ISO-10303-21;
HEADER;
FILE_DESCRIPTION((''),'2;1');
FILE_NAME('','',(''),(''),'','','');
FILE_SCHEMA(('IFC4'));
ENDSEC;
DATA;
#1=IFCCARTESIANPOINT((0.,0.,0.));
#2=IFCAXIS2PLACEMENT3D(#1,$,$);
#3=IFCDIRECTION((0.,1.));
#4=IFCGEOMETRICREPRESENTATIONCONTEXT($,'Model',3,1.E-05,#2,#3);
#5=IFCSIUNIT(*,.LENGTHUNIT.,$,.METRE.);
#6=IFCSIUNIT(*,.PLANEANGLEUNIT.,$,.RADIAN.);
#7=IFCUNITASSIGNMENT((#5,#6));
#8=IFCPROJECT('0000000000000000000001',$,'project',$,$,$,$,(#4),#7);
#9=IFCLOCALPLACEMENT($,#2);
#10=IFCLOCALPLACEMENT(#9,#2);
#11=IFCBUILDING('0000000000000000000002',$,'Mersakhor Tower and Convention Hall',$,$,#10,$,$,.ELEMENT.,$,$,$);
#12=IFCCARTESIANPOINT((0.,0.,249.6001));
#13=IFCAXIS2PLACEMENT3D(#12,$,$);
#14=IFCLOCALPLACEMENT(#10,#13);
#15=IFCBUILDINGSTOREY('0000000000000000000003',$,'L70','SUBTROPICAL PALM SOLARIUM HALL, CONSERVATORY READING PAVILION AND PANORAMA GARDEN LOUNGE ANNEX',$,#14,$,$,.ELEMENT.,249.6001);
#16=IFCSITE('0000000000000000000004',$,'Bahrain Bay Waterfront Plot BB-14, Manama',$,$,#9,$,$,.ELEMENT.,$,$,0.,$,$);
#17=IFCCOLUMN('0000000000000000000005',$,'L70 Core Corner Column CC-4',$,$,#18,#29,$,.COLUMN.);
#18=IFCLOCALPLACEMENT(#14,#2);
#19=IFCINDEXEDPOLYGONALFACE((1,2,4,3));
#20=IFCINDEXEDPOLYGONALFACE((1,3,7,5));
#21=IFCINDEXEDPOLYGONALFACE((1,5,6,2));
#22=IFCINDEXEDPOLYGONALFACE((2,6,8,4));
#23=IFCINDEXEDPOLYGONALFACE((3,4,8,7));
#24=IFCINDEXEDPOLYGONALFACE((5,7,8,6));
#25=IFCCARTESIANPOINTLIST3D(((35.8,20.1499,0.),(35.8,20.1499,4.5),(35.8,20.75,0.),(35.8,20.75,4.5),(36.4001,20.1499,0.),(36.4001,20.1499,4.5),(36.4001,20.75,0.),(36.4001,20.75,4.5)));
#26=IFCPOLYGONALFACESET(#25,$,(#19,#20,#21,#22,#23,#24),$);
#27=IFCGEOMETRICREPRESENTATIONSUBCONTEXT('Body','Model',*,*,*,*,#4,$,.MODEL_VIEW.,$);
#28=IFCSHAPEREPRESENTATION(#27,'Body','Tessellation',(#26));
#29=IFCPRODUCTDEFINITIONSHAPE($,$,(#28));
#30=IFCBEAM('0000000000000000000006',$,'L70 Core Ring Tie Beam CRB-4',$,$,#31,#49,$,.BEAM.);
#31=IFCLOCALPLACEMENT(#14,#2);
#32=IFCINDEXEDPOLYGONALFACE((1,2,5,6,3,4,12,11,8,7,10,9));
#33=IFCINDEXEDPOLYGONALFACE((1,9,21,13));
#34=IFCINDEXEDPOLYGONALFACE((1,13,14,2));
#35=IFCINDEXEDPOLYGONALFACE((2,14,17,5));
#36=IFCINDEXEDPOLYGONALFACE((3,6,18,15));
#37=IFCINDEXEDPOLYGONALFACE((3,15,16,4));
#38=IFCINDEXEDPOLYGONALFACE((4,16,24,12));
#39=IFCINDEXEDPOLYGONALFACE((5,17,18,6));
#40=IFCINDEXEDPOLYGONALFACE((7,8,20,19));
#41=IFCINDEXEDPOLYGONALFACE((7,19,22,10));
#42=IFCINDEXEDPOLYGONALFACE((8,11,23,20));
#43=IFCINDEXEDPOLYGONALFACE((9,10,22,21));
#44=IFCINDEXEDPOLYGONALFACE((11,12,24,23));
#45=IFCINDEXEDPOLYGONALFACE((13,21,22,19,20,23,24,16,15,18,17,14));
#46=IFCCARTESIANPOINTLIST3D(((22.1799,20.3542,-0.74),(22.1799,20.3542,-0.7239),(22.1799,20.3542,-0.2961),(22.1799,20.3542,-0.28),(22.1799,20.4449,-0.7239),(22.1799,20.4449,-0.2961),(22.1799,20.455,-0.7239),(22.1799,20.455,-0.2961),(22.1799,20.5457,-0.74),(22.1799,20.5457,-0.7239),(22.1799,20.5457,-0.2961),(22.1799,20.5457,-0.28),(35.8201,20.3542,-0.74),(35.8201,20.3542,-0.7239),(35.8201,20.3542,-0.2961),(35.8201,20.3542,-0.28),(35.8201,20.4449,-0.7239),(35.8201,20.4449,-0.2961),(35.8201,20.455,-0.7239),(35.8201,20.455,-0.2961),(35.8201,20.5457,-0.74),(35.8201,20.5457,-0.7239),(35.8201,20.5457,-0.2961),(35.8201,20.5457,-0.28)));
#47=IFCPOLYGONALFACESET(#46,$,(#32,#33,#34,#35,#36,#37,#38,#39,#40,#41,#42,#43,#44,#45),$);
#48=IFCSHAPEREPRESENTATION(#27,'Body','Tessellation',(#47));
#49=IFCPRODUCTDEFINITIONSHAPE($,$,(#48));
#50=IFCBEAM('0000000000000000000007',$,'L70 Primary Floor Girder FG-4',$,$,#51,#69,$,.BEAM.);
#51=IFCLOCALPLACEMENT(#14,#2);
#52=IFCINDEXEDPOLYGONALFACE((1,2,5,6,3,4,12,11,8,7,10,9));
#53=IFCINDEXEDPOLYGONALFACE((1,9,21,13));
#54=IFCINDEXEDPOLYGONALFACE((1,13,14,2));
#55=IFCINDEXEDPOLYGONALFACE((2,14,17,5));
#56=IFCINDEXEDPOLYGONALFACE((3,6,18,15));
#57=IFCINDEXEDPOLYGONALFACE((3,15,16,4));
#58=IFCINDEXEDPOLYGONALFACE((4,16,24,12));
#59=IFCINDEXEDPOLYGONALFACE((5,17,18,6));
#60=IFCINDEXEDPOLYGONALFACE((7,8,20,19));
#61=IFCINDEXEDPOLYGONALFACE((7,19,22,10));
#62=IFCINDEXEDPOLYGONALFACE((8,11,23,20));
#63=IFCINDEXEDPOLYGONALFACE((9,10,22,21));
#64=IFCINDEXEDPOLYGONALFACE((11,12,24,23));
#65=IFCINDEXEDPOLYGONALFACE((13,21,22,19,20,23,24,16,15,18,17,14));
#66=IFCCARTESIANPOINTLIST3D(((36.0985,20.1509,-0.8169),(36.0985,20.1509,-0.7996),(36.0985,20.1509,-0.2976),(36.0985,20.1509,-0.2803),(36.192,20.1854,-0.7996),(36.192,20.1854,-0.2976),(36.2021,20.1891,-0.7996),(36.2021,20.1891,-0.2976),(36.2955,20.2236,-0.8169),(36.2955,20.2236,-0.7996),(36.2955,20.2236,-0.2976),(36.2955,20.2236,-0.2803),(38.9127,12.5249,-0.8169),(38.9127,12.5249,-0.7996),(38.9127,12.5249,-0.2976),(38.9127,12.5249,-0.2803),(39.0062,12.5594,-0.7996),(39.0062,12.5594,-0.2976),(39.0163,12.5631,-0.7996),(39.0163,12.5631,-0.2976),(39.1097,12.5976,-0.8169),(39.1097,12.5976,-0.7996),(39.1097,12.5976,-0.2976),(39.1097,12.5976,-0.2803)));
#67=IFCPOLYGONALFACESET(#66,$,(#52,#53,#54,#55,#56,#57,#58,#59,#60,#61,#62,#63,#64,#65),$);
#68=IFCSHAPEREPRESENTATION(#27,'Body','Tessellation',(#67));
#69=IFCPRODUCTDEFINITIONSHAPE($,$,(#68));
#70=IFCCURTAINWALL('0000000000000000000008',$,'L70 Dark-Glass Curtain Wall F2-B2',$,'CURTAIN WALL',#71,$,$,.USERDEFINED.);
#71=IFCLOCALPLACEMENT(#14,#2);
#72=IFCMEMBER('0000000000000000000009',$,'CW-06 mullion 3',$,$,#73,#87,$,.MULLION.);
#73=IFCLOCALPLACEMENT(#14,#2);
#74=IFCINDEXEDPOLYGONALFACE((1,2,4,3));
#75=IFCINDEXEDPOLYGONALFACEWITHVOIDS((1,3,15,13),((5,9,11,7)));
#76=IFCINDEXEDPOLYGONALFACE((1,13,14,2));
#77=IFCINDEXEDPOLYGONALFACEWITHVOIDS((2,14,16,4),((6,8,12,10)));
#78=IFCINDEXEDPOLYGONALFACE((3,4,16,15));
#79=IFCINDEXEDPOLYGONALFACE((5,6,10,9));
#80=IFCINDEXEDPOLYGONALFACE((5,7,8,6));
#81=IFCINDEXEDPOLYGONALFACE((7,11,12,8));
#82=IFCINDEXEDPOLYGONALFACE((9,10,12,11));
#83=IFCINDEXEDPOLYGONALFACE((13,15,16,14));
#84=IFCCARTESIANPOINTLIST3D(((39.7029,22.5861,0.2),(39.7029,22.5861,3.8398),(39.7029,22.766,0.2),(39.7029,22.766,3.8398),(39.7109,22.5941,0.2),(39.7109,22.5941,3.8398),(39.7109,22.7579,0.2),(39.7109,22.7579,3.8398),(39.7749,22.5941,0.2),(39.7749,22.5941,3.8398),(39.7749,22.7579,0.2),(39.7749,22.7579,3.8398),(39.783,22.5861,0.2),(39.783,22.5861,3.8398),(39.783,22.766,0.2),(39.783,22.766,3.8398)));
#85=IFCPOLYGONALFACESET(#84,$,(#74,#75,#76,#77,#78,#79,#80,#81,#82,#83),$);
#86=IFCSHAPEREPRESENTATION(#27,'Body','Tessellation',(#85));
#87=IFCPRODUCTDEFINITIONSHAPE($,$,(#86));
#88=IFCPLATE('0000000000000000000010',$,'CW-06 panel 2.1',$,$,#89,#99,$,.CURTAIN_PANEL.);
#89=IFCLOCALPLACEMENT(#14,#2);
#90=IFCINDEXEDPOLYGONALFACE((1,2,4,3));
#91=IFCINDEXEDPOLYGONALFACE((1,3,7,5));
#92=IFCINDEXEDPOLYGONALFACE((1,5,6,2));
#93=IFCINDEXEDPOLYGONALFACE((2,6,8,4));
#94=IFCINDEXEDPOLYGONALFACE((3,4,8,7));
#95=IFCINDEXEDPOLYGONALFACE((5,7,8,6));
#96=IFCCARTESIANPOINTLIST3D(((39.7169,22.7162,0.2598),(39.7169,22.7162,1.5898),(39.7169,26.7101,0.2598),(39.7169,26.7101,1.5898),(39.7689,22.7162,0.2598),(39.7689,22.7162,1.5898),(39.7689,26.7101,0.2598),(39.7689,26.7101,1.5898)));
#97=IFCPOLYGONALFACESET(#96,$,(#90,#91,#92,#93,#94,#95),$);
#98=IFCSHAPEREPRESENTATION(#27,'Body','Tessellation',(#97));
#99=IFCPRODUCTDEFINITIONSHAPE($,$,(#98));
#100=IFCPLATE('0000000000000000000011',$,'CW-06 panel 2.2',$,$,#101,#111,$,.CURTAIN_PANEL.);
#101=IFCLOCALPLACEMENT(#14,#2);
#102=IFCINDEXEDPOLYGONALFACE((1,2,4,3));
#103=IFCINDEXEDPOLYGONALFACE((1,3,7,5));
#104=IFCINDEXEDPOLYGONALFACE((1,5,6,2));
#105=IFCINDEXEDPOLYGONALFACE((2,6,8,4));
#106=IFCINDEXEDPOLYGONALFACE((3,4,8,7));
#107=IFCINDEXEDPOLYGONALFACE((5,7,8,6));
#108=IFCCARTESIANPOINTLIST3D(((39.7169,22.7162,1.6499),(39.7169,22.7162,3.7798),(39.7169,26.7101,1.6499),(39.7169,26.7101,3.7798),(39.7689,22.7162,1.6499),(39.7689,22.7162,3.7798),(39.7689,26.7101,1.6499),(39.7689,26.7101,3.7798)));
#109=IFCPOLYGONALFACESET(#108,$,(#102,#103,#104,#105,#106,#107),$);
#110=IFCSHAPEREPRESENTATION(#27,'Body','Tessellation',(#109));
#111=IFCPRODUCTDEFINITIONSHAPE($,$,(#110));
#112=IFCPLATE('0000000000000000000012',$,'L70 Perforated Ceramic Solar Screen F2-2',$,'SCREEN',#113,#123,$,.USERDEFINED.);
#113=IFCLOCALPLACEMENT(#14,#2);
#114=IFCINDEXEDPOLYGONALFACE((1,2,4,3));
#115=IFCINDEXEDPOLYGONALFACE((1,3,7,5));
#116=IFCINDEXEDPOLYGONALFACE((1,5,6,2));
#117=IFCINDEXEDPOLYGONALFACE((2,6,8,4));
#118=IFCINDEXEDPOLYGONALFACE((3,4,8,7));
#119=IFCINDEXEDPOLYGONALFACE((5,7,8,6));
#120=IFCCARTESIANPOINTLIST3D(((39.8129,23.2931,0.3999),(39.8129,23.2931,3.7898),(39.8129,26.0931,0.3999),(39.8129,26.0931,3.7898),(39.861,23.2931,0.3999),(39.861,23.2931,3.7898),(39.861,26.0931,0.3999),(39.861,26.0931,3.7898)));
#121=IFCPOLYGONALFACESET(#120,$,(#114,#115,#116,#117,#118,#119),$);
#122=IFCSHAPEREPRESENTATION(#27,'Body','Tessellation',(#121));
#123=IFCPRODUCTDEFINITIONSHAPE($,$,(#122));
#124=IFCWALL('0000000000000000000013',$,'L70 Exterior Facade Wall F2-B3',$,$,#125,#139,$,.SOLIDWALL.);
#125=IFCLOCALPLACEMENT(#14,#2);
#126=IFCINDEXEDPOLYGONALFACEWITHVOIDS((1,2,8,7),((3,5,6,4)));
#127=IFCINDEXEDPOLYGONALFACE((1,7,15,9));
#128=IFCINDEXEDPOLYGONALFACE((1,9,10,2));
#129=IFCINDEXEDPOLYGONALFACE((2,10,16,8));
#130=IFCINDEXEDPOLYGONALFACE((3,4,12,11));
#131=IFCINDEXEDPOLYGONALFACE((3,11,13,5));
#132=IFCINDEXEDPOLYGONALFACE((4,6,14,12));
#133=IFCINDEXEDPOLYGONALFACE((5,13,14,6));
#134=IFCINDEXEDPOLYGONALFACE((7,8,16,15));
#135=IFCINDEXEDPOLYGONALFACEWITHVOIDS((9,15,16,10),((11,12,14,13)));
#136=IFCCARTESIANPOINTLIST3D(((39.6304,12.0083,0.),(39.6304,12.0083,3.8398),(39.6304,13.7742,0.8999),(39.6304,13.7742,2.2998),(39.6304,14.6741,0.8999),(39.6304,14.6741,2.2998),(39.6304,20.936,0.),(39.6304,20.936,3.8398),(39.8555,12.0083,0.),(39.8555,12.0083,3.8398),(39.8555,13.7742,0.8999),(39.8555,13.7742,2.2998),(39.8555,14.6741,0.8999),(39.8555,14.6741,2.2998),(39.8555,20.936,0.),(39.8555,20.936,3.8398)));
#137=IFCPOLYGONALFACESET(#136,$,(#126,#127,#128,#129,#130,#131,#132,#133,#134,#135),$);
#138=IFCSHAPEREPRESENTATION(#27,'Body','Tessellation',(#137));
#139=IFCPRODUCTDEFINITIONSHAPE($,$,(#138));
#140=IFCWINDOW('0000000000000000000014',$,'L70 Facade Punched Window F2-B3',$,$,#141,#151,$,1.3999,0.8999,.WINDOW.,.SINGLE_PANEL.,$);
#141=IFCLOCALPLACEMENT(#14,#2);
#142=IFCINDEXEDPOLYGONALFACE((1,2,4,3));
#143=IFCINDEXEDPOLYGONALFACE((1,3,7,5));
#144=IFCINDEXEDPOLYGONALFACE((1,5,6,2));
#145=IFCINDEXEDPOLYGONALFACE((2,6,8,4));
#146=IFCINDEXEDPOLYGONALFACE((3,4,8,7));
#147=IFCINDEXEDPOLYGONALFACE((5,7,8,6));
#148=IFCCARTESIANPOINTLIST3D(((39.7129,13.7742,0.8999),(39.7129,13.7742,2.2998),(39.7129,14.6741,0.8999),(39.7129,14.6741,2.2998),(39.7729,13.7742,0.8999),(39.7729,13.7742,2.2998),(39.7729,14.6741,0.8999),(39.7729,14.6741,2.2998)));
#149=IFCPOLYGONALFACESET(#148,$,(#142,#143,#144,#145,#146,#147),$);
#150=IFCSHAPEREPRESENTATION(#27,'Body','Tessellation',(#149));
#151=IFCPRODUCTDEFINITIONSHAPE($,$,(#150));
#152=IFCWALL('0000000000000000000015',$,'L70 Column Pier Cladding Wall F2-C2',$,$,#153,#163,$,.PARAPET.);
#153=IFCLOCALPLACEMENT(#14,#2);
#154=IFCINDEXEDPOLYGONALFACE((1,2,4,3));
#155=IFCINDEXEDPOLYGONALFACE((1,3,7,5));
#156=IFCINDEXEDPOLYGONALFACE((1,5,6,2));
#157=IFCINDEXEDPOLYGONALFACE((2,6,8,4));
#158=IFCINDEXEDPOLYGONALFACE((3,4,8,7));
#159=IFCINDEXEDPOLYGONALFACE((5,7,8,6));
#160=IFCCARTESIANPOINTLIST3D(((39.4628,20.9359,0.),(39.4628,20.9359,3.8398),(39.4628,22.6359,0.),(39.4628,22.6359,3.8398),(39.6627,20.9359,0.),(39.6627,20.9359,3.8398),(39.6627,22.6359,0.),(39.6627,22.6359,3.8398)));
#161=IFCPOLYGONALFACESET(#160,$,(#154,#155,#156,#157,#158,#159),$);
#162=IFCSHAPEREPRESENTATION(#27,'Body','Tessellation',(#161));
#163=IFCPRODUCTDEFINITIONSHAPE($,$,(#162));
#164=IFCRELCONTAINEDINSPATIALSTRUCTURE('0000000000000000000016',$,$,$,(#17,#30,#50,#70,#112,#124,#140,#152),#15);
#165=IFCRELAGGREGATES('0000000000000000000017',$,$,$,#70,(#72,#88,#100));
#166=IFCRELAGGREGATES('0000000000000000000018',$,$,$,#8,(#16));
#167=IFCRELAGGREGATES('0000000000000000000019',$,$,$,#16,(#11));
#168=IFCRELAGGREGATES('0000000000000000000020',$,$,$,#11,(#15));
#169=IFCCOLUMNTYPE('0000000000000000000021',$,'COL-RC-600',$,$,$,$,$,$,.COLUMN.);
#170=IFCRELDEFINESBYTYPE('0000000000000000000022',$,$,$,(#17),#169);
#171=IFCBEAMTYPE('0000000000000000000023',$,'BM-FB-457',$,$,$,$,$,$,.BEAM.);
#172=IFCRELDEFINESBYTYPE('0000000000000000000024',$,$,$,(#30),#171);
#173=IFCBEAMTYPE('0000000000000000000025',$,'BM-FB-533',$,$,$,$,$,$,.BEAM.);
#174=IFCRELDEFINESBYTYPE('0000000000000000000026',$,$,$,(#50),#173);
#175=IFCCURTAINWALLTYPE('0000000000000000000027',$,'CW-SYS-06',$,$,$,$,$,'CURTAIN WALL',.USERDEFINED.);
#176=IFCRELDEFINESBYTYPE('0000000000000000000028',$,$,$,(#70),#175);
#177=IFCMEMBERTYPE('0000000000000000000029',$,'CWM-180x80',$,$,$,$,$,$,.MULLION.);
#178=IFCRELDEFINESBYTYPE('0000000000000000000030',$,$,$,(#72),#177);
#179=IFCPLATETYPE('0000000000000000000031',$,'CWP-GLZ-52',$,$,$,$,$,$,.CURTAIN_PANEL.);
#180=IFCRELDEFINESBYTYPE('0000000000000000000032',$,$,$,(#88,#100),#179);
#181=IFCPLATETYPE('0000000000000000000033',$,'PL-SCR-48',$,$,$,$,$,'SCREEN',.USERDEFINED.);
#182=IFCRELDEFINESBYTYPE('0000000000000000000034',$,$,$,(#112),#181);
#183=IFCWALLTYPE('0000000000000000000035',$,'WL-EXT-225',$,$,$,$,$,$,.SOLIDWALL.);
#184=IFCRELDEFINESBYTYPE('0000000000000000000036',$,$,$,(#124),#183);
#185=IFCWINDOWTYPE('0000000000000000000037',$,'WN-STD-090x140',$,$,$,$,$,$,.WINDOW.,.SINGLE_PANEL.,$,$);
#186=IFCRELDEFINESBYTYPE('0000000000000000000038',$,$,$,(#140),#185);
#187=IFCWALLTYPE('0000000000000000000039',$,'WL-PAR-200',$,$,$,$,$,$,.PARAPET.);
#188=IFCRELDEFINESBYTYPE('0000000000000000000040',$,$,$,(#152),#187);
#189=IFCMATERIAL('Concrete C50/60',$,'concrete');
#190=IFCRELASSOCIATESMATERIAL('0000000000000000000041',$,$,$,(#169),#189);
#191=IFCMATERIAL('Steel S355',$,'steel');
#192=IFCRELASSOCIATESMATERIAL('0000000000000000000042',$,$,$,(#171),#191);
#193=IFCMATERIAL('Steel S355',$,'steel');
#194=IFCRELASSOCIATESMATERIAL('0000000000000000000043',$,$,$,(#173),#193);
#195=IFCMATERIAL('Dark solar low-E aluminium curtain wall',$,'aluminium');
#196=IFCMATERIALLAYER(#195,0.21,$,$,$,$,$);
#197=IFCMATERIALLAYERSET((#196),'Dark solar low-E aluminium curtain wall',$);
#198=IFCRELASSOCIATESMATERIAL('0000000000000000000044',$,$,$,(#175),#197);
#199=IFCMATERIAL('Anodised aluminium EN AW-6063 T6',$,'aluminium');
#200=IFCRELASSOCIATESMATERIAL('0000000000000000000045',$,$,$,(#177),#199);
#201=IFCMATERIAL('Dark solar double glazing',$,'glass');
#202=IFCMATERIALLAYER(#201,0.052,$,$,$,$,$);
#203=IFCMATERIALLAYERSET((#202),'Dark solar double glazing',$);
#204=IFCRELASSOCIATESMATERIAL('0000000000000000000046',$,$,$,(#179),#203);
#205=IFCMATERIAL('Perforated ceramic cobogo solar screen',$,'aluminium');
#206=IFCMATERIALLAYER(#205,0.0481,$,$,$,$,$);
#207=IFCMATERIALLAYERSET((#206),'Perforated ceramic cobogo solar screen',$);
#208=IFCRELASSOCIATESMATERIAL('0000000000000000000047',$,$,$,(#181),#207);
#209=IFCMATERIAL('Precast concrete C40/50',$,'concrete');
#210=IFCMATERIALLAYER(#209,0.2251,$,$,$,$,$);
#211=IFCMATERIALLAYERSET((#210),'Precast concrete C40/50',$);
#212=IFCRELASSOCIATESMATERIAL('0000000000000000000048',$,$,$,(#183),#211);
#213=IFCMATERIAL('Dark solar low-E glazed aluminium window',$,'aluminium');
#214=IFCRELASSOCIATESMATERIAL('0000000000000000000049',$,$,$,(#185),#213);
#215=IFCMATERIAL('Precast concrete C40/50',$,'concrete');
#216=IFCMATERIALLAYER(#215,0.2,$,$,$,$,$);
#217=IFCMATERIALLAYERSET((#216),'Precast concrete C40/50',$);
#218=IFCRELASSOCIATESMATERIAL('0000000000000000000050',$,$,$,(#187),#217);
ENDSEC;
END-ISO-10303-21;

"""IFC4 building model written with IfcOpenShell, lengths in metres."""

from ifc_helpers import new_model, si_unit, direction, frame, frame_2d, origin, origin_2d, place, context, subcontext, project, spatial, rectangle, hollow_rectangle, i_section, extrude, material, layer, layer_set, material_profile, profile_set, type_object, element, fill, aggregate, save


model = new_model("IFC4")

# Units and contexts
model_context = context("Model", 3, precision=1e-05, world=origin(), true_north=direction((0.0, 1.0)))
body_context = subcontext(model_context, "Body", "Model", "MODEL_VIEW")
ifc_project = project(units=[si_unit("LENGTHUNIT", "METRE"), si_unit("PLANEANGLEUNIT", "RADIAN")], contexts=[model_context])

# Site, building, storey
site_placement = place(None, origin())
site = spatial("IfcSite", under=ifc_project, at=site_placement, Name="Bahrain Bay Waterfront Plot BB-14, Manama", CompositionType="ELEMENT", RefElevation=0.0)
building_placement = place(site_placement, origin())
building = spatial("IfcBuilding", under=site, at=building_placement, Name="Mersakhor Tower and Convention Hall", CompositionType="ELEMENT")
storey_placement = place(building_placement, frame((0.0, 0.0, 249.6001)))
storey = spatial("IfcBuildingStorey", under=building, at=storey_placement, Name="L70", Description="SUBTROPICAL PALM SOLARIUM HALL, CONSERVATORY READING PAVILION AND PANORAMA GARDEN LOUNGE ANNEX", CompositionType="ELEMENT", Elevation=249.6001)

# Column
ifc_material_1 = material(Name="Concrete C50/60", Category="concrete")
ifc_material_profile_1 = material_profile(ifc_material_1, rectangle(XDim=0.6001, YDim=0.6001, at=origin_2d()), Name="RC 600x600")
ifc_profile_set_1 = profile_set([ifc_material_profile_1], Name="Concrete C50/60")
column_type = type_object("IfcColumnType", Name="COL-RC-600", PredefinedType="COLUMN", material=ifc_profile_set_1)
column_placement = place(storey_placement, frame((36.1001, 20.45, 0.0), z_axis=(0.0, 0.0, 1.0), x_axis=(1.0, 0.0, 0.0)))
element("IfcColumn", 1, at=column_placement, inside=storey, type_object=column_type, Name="L70 Core Corner Column CC-4", PredefinedType="COLUMN", context=body_context, shape_type="SweptSolid", body=[
    extrude(rectangle(XDim=0.6001, YDim=0.6001, at=origin_2d()), origin(), (0.0, 0.0, 1.0), 4.5),
])

# Beams
ifc_material_2 = material(Name="Steel S355", Category="steel")
ifc_material_profile_2 = material_profile(ifc_material_2, i_section(OverallWidth=0.1914, OverallDepth=0.46, WebThickness=0.01, FlangeThickness=0.0161, at=origin_2d()), Name="UB 457x191x82")
ifc_profile_set_2 = profile_set([ifc_material_profile_2], Name="Steel S355")
beam_type_1 = type_object("IfcBeamType", Name="BM-FB-457", PredefinedType="BEAM", material=ifc_profile_set_2)
beam_1_placement = place(storey_placement, frame((35.8201, 20.45, -0.51), z_axis=(-1.0, 0.0, 0.0), x_axis=(0.0, -1.0, 0.0)))
element("IfcBeam", 2, at=beam_1_placement, inside=storey, type_object=beam_type_1, Name="L70 Core Ring Tie Beam CRB-4", PredefinedType="BEAM", context=body_context, shape_type="SweptSolid", body=[
    extrude(i_section(OverallWidth=0.1914, OverallDepth=0.46, WebThickness=0.01, FlangeThickness=0.0161, at=origin_2d()), origin(), (0.0, 0.0, 1.0), 13.6401),
])
ifc_material_3 = material(Name="Steel S355", Category="steel")
ifc_material_profile_3 = material_profile(ifc_material_3, i_section(OverallWidth=0.21, OverallDepth=0.5366, WebThickness=0.0107, FlangeThickness=0.0173, at=origin_2d()), Name="UB 533x210x101")
ifc_profile_set_3 = profile_set([ifc_material_profile_3], Name="Steel S355")
beam_type_2 = type_object("IfcBeamType", Name="BM-FB-533", PredefinedType="BEAM", material=ifc_profile_set_3)
beam_2_placement = place(storey_placement, frame((36.197, 20.1873, -0.5486), z_axis=(0.346208, -0.938158, 0.0), x_axis=(0.938158, 0.346208, 0.0)))
element("IfcBeam", 3, at=beam_2_placement, inside=storey, type_object=beam_type_2, Name="L70 Primary Floor Girder FG-4", PredefinedType="BEAM", context=body_context, shape_type="SweptSolid", body=[
    extrude(i_section(OverallWidth=0.21, OverallDepth=0.5366, WebThickness=0.0107, FlangeThickness=0.0173, at=origin_2d()), origin(), (0.0, 0.0, 1.0), 8.1287),
])

# Curtain wall, member, plates
ifc_material_4 = material(Name="Dark solar low-E aluminium curtain wall", Category="aluminium")
ifc_layer_1 = layer(ifc_material_4, 0.21)
ifc_layer_set_1 = layer_set([ifc_layer_1], Name="Dark solar low-E aluminium curtain wall")
curtain_wall_type = type_object("IfcCurtainWallType", Name="CW-SYS-06", ElementType="CURTAIN WALL", PredefinedType="USERDEFINED", material=ifc_layer_set_1)
curtain_wall_placement = place(storey_placement, origin())
curtain_wall = element("IfcCurtainWall", 4, at=curtain_wall_placement, inside=storey, type_object=curtain_wall_type, Name="L70 Dark-Glass Curtain Wall F2-B2", ObjectType="CURTAIN WALL", PredefinedType="USERDEFINED")
ifc_material_5 = material(Name="Anodised aluminium EN AW-6063 T6", Category="aluminium")
ifc_material_profile_4 = material_profile(ifc_material_5, hollow_rectangle(XDim=0.0801, YDim=0.1799, WallThickness=0.0081, at=origin_2d()), Name="RHS 180x80x8")
ifc_profile_set_4 = profile_set([ifc_material_profile_4], Name="Anodised aluminium EN AW-6063 T6")
member_type = type_object("IfcMemberType", Name="CWM-180x80", PredefinedType="MULLION", material=ifc_profile_set_4)
member_placement = place(storey_placement, frame((39.7429, 22.676, 0.2), z_axis=(0.0, 0.0, 1.0), x_axis=(1.0, 0.0, 0.0)))
member = element("IfcMember", 5, at=member_placement, type_object=member_type, Name="CW-06 mullion 3", PredefinedType="MULLION", context=body_context, shape_type="SweptSolid", body=[
    extrude(hollow_rectangle(XDim=0.0801, YDim=0.1799, WallThickness=0.0081, at=origin_2d()), origin(), (0.0, 0.0, 1.0), 3.6399),
])
ifc_material_6 = material(Name="Dark solar double glazing", Category="glass")
ifc_layer_2 = layer(ifc_material_6, 0.052)
ifc_layer_set_2 = layer_set([ifc_layer_2], Name="Dark solar double glazing")
plate_type_1 = type_object("IfcPlateType", Name="CWP-GLZ-52", PredefinedType="CURTAIN_PANEL", material=ifc_layer_set_2)
plate_1_placement = place(storey_placement, frame((39.7429, 24.7131, 0.2598), z_axis=(0.0, 0.0, 1.0), x_axis=(0.0, -1.0, 0.0)))
plate_1 = element("IfcPlate", 6, at=plate_1_placement, type_object=plate_type_1, Name="CW-06 panel 2.1", PredefinedType="CURTAIN_PANEL", context=body_context, shape_type="SweptSolid", body=[
    extrude(rectangle(XDim=3.9939, YDim=0.052, at=origin_2d()), origin(), (0.0, 0.0, 1.0), 1.3301),
])
plate_2_placement = place(storey_placement, frame((39.7429, 24.7131, 1.6499), z_axis=(0.0, 0.0, 1.0), x_axis=(0.0, -1.0, 0.0)))
plate_2 = element("IfcPlate", 7, at=plate_2_placement, type_object=plate_type_1, Name="CW-06 panel 2.2", PredefinedType="CURTAIN_PANEL", context=body_context, shape_type="SweptSolid", body=[
    extrude(rectangle(XDim=3.9939, YDim=0.052, at=origin_2d()), origin(), (0.0, 0.0, 1.0), 2.1299),
])
aggregate(curtain_wall, [member, plate_1, plate_2])

# Plate
ifc_material_7 = material(Name="Perforated ceramic cobogo solar screen", Category="aluminium")
ifc_layer_3 = layer(ifc_material_7, 0.0481)
ifc_layer_set_3 = layer_set([ifc_layer_3], Name="Perforated ceramic cobogo solar screen")
plate_type_2 = type_object("IfcPlateType", Name="PL-SCR-48", ElementType="SCREEN", PredefinedType="USERDEFINED", material=ifc_layer_set_3)
plate_3_placement = place(storey_placement, frame((39.8369, 24.6931, 0.3999), z_axis=(0.0, 0.0, 1.0), x_axis=(0.0, -1.0, 0.0)))
element("IfcPlate", 8, at=plate_3_placement, inside=storey, type_object=plate_type_2, Name="L70 Perforated Ceramic Solar Screen F2-2", ObjectType="SCREEN", PredefinedType="USERDEFINED", context=body_context, shape_type="SweptSolid", body=[
    extrude(rectangle(XDim=2.8, YDim=0.0481, at=origin_2d()), origin(), (0.0, 0.0, 1.0), 3.3899),
])

# Wall, opening, window
ifc_material_8 = material(Name="Precast concrete C40/50", Category="concrete")
ifc_layer_4 = layer(ifc_material_8, 0.2251)
ifc_layer_set_4 = layer_set([ifc_layer_4], Name="Precast concrete C40/50")
wall_type_1 = type_object("IfcWallType", Name="WL-EXT-225", PredefinedType="SOLIDWALL", material=ifc_layer_set_4)
wall_1_placement = place(storey_placement, frame((39.7429, 20.936, 0.0), z_axis=(0.0, 0.0, 1.0), x_axis=(0.0, -1.0, 0.0)))
wall_1 = element("IfcWall", 9, at=wall_1_placement, inside=storey, type_object=wall_type_1, Name="L70 Exterior Facade Wall F2-B3", PredefinedType="SOLIDWALL", context=body_context, shape_type="SweptSolid", body=[
    extrude(rectangle(XDim=8.9277, YDim=0.2251, at=frame_2d((4.4639, 0.0))), origin(), (0.0, 0.0, 1.0), 3.8398),
])
opening_1_placement = place(wall_1_placement, frame((6.262, 0.0, 0.8999)))
opening_1 = element("IfcOpeningElement", 10, at=opening_1_placement, cuts=wall_1, PredefinedType="OPENING", context=body_context, shape_type="SweptSolid", body=[
    extrude(rectangle(XDim=0.8999, YDim=1.3999, at=frame_2d((0.45, 0.7))), frame((0.0, 0.1226, 0.0), z_axis=(0.0, -1.0, 0.0), x_axis=(1.0, 0.0, 0.0)), (0.0, 0.0, 1.0), 0.2451),
])
ifc_material_9 = material(Name="Dark solar low-E glazed aluminium window", Category="aluminium")
window_type = type_object("IfcWindowType", Name="WN-STD-090x140", PartitioningType="SINGLE_PANEL", PredefinedType="WINDOW", material=ifc_material_9)
window_placement = place(opening_1_placement, origin())
window = element("IfcWindow", 11, at=window_placement, inside=storey, type_object=window_type, Name="L70 Facade Punched Window F2-B3", OverallHeight=1.3999, OverallWidth=0.8999, PartitioningType="SINGLE_PANEL", PredefinedType="WINDOW", context=body_context, shape_type="SweptSolid", body=[
    extrude(rectangle(XDim=0.8999, YDim=1.3999, at=frame_2d((0.45, 0.7))), frame((0.0, 0.03, 0.0), z_axis=(0.0, -1.0, 0.0), x_axis=(1.0, 0.0, 0.0)), (0.0, 0.0, 1.0), 0.0601),
])
fill(opening_1, window)

# Wall
ifc_material_10 = material(Name="Precast concrete C40/50", Category="concrete")
ifc_layer_5 = layer(ifc_material_10, 0.2)
ifc_layer_set_5 = layer_set([ifc_layer_5], Name="Precast concrete C40/50")
wall_type_2 = type_object("IfcWallType", Name="WL-PAR-200", PredefinedType="PARAPET", material=ifc_layer_set_5)
wall_2_placement = place(storey_placement, frame((39.5627, 22.636, 0.0), z_axis=(0.0, 0.0, 1.0), x_axis=(0.0, -1.0, 0.0)))
element("IfcWall", 12, at=wall_2_placement, inside=storey, type_object=wall_type_2, Name="L70 Column Pier Cladding Wall F2-C2", PredefinedType="PARAPET", context=body_context, shape_type="SweptSolid", body=[
    extrude(rectangle(XDim=1.7, YDim=0.2, at=frame_2d((0.8501, 0.0))), origin(), (0.0, 0.0, 1.0), 3.8398),
])

save(model, "model.ifc")
